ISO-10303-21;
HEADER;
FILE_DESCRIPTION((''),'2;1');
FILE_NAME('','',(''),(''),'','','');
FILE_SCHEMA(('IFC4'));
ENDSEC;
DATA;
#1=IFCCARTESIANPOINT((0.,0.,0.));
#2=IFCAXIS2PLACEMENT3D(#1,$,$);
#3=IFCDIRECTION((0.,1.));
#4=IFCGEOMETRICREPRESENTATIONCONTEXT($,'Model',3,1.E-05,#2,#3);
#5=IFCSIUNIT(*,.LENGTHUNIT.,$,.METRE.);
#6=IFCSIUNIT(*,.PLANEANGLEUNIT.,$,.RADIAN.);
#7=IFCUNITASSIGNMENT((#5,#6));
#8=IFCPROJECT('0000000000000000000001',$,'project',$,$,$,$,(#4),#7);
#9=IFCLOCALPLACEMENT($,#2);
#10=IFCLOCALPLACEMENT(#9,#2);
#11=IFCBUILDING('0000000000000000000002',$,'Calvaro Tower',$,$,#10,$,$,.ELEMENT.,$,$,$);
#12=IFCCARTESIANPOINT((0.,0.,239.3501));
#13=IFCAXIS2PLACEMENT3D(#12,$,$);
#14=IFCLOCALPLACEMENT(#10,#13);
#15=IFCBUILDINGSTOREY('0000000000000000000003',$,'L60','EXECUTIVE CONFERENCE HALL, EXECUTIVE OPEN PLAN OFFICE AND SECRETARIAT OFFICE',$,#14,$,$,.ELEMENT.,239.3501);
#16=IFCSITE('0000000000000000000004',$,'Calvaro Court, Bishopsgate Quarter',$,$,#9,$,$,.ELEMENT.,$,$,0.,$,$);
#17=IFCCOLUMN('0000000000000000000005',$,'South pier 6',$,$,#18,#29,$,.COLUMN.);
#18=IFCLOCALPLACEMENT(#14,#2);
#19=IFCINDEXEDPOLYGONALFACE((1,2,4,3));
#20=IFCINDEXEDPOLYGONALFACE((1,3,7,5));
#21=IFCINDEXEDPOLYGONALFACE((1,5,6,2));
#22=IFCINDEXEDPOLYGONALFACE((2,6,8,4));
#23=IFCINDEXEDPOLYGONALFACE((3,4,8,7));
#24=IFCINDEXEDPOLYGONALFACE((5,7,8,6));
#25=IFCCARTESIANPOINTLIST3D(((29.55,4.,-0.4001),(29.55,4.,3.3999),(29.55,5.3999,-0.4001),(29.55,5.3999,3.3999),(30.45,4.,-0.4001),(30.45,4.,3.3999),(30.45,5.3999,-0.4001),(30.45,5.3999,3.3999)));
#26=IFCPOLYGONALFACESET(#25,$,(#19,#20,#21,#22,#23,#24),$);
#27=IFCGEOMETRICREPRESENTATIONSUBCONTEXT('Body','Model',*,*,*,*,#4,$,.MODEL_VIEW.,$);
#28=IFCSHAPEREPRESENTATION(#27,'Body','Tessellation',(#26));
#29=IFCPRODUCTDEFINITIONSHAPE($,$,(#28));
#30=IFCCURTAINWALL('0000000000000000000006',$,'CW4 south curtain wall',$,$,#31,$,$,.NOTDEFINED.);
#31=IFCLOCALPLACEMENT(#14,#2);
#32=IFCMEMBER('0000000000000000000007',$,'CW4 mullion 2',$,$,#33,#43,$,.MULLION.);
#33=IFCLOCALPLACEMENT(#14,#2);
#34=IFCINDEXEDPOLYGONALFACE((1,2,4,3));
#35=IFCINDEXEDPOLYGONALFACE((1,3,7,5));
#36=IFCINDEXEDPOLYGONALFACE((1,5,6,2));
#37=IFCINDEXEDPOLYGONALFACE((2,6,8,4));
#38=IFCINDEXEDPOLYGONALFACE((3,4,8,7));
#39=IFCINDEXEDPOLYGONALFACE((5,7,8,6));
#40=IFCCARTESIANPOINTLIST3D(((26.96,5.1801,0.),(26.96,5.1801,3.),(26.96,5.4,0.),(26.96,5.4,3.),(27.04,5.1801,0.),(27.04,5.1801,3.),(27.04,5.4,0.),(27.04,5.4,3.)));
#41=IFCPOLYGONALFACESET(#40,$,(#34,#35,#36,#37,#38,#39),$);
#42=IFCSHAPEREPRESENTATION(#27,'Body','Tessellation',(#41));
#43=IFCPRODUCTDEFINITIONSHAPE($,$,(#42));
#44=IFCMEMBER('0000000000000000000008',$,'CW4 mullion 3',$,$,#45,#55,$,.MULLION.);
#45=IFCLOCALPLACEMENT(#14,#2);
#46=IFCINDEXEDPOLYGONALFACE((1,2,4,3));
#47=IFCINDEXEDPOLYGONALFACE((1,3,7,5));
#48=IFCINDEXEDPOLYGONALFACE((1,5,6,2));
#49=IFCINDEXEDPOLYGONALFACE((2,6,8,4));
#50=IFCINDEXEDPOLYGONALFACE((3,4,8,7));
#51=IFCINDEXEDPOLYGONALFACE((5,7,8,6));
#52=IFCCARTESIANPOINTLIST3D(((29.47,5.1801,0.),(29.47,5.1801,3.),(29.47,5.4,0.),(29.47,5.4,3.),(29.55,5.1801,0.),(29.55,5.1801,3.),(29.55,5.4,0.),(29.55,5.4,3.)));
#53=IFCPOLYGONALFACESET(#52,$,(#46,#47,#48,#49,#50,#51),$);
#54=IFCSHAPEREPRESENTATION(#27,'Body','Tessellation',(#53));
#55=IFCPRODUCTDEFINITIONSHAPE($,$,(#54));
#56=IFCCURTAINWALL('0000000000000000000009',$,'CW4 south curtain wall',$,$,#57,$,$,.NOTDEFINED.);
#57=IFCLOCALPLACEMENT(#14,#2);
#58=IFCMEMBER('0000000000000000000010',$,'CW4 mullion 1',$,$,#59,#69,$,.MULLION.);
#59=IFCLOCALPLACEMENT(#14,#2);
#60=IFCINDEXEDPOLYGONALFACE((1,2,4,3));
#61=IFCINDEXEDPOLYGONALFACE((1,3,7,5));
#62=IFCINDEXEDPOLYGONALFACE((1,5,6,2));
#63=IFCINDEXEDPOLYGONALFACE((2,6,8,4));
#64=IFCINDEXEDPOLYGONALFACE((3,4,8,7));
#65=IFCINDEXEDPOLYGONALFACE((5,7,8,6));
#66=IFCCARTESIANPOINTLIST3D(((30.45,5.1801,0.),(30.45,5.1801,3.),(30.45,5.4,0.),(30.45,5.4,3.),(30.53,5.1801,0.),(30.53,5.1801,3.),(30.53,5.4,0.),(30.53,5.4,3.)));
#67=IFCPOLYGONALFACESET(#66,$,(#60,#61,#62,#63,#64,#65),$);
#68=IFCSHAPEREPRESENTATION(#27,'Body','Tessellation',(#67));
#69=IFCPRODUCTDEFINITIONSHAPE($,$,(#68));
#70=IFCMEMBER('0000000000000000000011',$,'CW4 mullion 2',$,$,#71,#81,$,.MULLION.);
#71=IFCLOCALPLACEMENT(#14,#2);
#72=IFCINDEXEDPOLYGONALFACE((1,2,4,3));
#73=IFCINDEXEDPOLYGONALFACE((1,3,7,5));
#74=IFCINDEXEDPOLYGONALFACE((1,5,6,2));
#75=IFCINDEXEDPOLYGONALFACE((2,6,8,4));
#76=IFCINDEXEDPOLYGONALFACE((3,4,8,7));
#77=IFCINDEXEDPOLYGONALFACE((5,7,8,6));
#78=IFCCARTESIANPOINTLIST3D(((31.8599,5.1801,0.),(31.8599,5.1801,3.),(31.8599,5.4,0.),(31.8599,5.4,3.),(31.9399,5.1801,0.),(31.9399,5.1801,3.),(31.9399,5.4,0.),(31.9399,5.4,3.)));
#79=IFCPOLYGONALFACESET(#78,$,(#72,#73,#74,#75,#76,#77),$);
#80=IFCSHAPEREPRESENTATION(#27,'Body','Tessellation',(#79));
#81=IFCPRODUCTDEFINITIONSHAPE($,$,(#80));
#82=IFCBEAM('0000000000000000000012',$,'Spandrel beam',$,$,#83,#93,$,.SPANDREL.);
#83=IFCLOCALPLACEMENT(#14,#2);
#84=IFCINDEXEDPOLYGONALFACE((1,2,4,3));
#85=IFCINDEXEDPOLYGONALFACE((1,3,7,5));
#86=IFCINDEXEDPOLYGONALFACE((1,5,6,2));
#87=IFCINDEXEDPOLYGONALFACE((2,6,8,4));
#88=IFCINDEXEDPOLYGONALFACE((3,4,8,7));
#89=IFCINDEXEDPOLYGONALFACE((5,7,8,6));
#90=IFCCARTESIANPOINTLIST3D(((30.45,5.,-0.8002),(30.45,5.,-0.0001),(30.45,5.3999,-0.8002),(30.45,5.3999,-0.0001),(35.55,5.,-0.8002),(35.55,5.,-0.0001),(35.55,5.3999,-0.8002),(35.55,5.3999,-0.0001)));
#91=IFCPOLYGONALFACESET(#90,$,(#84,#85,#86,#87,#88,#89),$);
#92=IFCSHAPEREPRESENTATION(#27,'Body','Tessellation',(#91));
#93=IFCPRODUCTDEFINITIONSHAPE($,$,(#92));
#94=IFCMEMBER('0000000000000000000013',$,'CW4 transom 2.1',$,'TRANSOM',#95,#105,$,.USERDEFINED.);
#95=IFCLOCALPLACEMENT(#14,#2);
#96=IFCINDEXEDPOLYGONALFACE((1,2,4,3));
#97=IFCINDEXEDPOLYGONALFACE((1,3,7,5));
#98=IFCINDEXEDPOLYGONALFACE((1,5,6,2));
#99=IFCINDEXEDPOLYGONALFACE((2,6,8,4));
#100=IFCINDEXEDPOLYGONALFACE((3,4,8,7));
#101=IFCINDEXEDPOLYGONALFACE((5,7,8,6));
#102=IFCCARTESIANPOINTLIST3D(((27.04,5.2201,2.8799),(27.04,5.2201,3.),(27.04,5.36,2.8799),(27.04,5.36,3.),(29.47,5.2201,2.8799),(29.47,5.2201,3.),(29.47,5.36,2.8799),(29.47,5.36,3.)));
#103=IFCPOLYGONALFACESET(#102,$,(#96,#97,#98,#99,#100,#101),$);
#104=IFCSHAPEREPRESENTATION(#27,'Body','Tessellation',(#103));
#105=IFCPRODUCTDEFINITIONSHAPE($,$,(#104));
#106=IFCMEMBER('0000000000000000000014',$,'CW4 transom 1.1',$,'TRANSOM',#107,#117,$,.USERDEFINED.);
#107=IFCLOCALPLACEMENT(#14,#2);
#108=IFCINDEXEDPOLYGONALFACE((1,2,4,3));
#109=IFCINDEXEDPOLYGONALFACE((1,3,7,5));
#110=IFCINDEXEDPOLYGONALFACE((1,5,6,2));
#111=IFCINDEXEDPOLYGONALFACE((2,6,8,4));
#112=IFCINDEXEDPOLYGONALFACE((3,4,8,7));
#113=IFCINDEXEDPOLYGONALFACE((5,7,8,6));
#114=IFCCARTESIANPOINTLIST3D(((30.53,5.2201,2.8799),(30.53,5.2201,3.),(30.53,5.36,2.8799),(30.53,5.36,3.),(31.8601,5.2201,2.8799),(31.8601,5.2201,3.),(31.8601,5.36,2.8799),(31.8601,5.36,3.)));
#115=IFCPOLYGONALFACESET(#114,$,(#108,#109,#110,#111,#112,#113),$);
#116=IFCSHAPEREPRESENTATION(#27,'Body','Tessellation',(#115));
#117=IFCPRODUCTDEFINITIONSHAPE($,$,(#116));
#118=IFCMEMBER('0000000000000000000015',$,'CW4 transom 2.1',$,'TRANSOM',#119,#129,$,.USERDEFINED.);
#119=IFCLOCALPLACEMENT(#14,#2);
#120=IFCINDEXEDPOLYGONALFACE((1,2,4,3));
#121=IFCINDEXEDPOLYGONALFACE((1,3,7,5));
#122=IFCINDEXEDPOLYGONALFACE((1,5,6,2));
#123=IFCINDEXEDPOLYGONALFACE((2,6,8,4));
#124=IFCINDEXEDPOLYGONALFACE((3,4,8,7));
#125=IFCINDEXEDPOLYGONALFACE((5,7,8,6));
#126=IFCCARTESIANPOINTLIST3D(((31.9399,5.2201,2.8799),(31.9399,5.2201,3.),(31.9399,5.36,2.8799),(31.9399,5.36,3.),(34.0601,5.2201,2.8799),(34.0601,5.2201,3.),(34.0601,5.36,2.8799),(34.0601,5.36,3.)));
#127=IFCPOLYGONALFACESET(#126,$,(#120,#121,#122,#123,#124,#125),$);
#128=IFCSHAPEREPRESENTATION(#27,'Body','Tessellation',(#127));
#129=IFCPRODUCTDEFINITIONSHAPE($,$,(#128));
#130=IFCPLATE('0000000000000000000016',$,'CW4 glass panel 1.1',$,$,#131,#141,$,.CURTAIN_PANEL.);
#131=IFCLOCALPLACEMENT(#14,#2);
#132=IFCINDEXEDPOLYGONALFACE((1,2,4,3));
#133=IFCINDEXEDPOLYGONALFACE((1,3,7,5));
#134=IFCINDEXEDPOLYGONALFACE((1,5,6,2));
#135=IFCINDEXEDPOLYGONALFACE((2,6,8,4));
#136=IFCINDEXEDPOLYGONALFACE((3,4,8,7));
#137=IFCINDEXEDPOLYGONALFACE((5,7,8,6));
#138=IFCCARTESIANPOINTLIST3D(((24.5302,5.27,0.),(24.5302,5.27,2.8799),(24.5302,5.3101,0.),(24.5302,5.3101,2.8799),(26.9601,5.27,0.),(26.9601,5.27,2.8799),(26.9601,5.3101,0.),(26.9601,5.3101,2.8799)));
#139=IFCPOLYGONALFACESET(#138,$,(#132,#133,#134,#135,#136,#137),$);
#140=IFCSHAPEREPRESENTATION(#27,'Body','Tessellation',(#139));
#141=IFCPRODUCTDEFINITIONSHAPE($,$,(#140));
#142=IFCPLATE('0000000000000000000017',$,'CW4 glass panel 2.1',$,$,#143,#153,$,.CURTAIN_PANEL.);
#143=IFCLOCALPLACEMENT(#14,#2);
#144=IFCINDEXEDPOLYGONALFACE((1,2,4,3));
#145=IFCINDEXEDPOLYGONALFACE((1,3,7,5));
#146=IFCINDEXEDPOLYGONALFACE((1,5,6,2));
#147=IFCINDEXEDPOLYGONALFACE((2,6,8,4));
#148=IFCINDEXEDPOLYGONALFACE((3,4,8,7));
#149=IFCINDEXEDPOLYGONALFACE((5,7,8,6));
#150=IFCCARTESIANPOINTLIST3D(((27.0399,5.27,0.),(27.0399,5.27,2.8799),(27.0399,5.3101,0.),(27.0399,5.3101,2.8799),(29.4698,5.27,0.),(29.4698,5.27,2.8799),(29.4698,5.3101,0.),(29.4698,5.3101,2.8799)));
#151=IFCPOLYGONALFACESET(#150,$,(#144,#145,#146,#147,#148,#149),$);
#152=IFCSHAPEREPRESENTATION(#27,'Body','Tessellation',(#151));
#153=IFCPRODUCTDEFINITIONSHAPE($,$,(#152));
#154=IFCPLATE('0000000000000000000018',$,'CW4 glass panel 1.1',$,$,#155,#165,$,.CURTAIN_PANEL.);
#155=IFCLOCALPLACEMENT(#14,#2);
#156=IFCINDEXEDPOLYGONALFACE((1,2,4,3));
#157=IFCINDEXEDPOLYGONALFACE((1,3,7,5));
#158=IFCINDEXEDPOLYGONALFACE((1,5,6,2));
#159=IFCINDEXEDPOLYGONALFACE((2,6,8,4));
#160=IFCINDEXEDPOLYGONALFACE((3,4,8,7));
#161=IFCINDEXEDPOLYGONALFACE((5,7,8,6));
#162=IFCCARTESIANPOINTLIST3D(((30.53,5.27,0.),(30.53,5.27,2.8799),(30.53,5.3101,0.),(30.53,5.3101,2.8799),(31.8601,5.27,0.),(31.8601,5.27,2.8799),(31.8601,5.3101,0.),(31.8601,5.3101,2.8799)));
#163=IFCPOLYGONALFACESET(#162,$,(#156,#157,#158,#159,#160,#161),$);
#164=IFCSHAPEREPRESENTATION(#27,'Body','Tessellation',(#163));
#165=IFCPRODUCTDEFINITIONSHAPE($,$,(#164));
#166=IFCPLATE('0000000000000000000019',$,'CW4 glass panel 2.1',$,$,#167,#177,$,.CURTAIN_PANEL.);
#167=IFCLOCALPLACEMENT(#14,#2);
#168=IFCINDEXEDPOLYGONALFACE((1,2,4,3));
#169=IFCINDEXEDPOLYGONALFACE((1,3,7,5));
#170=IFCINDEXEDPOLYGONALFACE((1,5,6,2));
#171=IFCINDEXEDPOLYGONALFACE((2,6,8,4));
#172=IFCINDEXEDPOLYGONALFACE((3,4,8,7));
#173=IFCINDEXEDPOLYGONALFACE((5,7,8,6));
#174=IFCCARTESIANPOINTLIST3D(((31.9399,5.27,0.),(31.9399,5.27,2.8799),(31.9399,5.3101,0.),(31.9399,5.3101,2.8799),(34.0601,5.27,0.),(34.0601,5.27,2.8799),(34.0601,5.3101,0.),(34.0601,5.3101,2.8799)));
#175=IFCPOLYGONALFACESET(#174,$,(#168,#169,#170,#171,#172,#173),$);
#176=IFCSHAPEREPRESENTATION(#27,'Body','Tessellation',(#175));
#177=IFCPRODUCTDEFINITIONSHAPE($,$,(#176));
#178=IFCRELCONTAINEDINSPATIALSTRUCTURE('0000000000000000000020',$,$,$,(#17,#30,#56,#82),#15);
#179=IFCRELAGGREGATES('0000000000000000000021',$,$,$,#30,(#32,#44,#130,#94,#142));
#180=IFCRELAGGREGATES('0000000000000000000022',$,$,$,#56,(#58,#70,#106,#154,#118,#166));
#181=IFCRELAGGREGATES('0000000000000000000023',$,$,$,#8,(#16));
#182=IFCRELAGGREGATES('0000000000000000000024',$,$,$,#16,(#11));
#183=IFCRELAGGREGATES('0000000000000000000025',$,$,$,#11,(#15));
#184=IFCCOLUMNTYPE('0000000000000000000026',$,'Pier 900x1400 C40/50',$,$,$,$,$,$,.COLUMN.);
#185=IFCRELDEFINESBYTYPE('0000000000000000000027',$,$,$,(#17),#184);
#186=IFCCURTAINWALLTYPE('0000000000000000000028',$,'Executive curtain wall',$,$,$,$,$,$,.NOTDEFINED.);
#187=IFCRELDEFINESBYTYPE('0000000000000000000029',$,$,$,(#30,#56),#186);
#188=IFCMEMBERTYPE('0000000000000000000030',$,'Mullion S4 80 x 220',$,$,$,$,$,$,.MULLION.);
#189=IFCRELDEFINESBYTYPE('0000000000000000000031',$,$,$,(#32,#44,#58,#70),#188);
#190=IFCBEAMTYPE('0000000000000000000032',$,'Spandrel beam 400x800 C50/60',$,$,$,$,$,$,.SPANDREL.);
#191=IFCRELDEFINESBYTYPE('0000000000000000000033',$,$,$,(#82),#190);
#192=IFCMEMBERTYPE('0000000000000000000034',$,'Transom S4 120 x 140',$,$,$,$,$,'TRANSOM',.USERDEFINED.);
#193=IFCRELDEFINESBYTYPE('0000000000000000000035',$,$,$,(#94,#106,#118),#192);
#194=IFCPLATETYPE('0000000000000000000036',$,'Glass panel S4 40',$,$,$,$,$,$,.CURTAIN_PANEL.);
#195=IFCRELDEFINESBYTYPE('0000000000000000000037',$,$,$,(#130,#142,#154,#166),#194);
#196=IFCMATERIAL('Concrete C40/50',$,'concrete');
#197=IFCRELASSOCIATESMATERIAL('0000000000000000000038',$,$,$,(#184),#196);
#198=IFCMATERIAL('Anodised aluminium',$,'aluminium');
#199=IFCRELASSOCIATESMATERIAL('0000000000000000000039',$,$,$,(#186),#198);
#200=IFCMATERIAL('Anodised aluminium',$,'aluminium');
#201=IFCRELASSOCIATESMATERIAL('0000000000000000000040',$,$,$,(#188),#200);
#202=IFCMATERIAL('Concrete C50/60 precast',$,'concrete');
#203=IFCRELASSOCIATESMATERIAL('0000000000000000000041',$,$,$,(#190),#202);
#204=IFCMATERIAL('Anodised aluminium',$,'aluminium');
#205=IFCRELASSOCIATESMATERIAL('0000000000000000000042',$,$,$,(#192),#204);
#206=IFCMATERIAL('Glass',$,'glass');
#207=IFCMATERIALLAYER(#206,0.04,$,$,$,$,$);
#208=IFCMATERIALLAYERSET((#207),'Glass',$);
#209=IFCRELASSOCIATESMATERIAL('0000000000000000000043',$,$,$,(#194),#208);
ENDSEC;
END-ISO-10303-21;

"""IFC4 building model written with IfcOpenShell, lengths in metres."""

from ifc_helpers import new_model, si_unit, direction, frame, origin, origin_2d, place, context, subcontext, project, spatial, rectangle, extrude, material, layer, layer_set, material_profile, profile_set, type_object, element, aggregate, save


model = new_model("IFC4")

# Units and contexts
model_context = context("Model", 3, precision=1e-05, world=origin(), true_north=direction((0.0, 1.0)))
body_context = subcontext(model_context, "Body", "Model", "MODEL_VIEW")
ifc_project = project(units=[si_unit("LENGTHUNIT", "METRE"), si_unit("PLANEANGLEUNIT", "RADIAN")], contexts=[model_context])

# Site, building, storey
site_placement = place(None, origin())
site = spatial("IfcSite", under=ifc_project, at=site_placement, Name="Calvaro Court, Bishopsgate Quarter", CompositionType="ELEMENT", RefElevation=0.0)
building_placement = place(site_placement, origin())
building = spatial("IfcBuilding", under=site, at=building_placement, Name="Calvaro Tower", CompositionType="ELEMENT")
storey_placement = place(building_placement, frame((0.0, 0.0, 239.3501)))
storey = spatial("IfcBuildingStorey", under=building, at=storey_placement, Name="L60", Description="EXECUTIVE CONFERENCE HALL, EXECUTIVE OPEN PLAN OFFICE AND SECRETARIAT OFFICE", CompositionType="ELEMENT", Elevation=239.3501)

# Column
ifc_material_1 = material(Name="Concrete C40/50", Category="concrete")
ifc_material_profile_1 = material_profile(ifc_material_1, rectangle(XDim=0.8999, YDim=1.3999, at=origin_2d()), Name="RC 900x1400")
ifc_profile_set_1 = profile_set([ifc_material_profile_1], Name="Concrete C40/50")
column_type = type_object("IfcColumnType", Name="Pier 900x1400 C40/50", PredefinedType="COLUMN", material=ifc_profile_set_1)
column_placement = place(storey_placement, frame((30.0, 4.7, -0.4001), z_axis=(0.0, 0.0, 1.0), x_axis=(1.0, 0.0, 0.0)))
element("IfcColumn", 1, at=column_placement, inside=storey, type_object=column_type, Name="South pier 6", PredefinedType="COLUMN", context=body_context, shape_type="SweptSolid", body=[
    extrude(rectangle(XDim=0.8999, YDim=1.3999, at=origin_2d()), origin(), (0.0, 0.0, 1.0), 3.8),
])

# Curtain walls, members
ifc_material_2 = material(Name="Anodised aluminium", Category="aluminium")
curtain_wall_type = type_object("IfcCurtainWallType", Name="Executive curtain wall", PredefinedType="NOTDEFINED", material=ifc_material_2)
curtain_wall_1_placement = place(storey_placement, origin())
curtain_wall_1 = element("IfcCurtainWall", 2, at=curtain_wall_1_placement, inside=storey, type_object=curtain_wall_type, Name="CW4 south curtain wall", PredefinedType="NOTDEFINED")
ifc_material_3 = material(Name="Anodised aluminium", Category="aluminium")
ifc_material_profile_2 = material_profile(ifc_material_3, rectangle(XDim=0.22, YDim=0.0801, at=origin_2d()), Name="Mullion S4 80 x 220")
ifc_profile_set_2 = profile_set([ifc_material_profile_2], Name="Anodised aluminium")
member_type_1 = type_object("IfcMemberType", Name="Mullion S4 80 x 220", PredefinedType="MULLION", material=ifc_profile_set_2)
member_1_placement = place(storey_placement, frame((27.0, 5.29, 0.0), z_axis=(0.0, 0.0, 1.0), x_axis=(0.0, 1.0, 0.0)))
member_1 = element("IfcMember", 3, at=member_1_placement, type_object=member_type_1, Name="CW4 mullion 2", PredefinedType="MULLION", context=body_context, shape_type="SweptSolid", body=[
    extrude(rectangle(XDim=0.22, YDim=0.0801, at=origin_2d()), origin(), (0.0, 0.0, 1.0), 3.0),
])
member_2_placement = place(storey_placement, frame((29.51, 5.29, 0.0), z_axis=(0.0, 0.0, 1.0), x_axis=(0.0, 1.0, 0.0)))
member_2 = element("IfcMember", 4, at=member_2_placement, type_object=member_type_1, Name="CW4 mullion 3", PredefinedType="MULLION", context=body_context, shape_type="SweptSolid", body=[
    extrude(rectangle(XDim=0.22, YDim=0.0801, at=origin_2d()), origin(), (0.0, 0.0, 1.0), 3.0),
])
curtain_wall_2_placement = place(storey_placement, origin())
curtain_wall_2 = element("IfcCurtainWall", 5, at=curtain_wall_2_placement, inside=storey, type_object=curtain_wall_type, Name="CW4 south curtain wall", PredefinedType="NOTDEFINED")
member_3_placement = place(storey_placement, frame((30.49, 5.29, 0.0), z_axis=(0.0, 0.0, 1.0), x_axis=(0.0, 1.0, 0.0)))
member_3 = element("IfcMember", 6, at=member_3_placement, type_object=member_type_1, Name="CW4 mullion 1", PredefinedType="MULLION", context=body_context, shape_type="SweptSolid", body=[
    extrude(rectangle(XDim=0.22, YDim=0.0801, at=origin_2d()), origin(), (0.0, 0.0, 1.0), 3.0),
])
member_4_placement = place(storey_placement, frame((31.8999, 5.29, 0.0), z_axis=(0.0, 0.0, 1.0), x_axis=(0.0, 1.0, 0.0)))
member_4 = element("IfcMember", 7, at=member_4_placement, type_object=member_type_1, Name="CW4 mullion 2", PredefinedType="MULLION", context=body_context, shape_type="SweptSolid", body=[
    extrude(rectangle(XDim=0.22, YDim=0.0801, at=origin_2d()), origin(), (0.0, 0.0, 1.0), 3.0),
])

# Beam
ifc_material_4 = material(Name="Concrete C50/60 precast", Category="concrete")
ifc_material_profile_3 = material_profile(ifc_material_4, rectangle(XDim=0.3999, YDim=0.8, at=origin_2d()), Name="RC 400x800")
ifc_profile_set_3 = profile_set([ifc_material_profile_3], Name="Concrete C50/60 precast")
beam_type = type_object("IfcBeamType", Name="Spandrel beam 400x800 C50/60", PredefinedType="SPANDREL", material=ifc_profile_set_3)
beam_placement = place(storey_placement, frame((30.45, 5.2, -0.4001), z_axis=(1.0, 0.0, 0.0), x_axis=(0.0, 1.0, 0.0)))
element("IfcBeam", 8, at=beam_placement, inside=storey, type_object=beam_type, Name="Spandrel beam", PredefinedType="SPANDREL", context=body_context, shape_type="SweptSolid", body=[
    extrude(rectangle(XDim=0.3999, YDim=0.8, at=origin_2d()), origin(), (0.0, 0.0, 1.0), 5.1001),
])

# Members
ifc_material_5 = material(Name="Anodised aluminium", Category="aluminium")
ifc_material_profile_4 = material_profile(ifc_material_5, rectangle(XDim=0.1399, YDim=0.1201, at=origin_2d()), Name="Transom S4 120 x 140")
ifc_profile_set_4 = profile_set([ifc_material_profile_4], Name="Anodised aluminium")
member_type_2 = type_object("IfcMemberType", Name="Transom S4 120 x 140", ElementType="TRANSOM", PredefinedType="USERDEFINED", material=ifc_profile_set_4)
member_5_placement = place(storey_placement, frame((27.04, 5.29, 2.9399), z_axis=(1.0, 0.0, 0.0), x_axis=(0.0, 1.0, 0.0)))
member_5 = element("IfcMember", 9, at=member_5_placement, type_object=member_type_2, Name="CW4 transom 2.1", ObjectType="TRANSOM", PredefinedType="USERDEFINED", context=body_context, shape_type="SweptSolid", body=[
    extrude(rectangle(XDim=0.1399, YDim=0.1201, at=origin_2d()), origin(), (0.0, 0.0, 1.0), 2.4299),
])
member_6_placement = place(storey_placement, frame((30.53, 5.29, 2.9399), z_axis=(1.0, 0.0, 0.0), x_axis=(0.0, 1.0, 0.0)))
member_6 = element("IfcMember", 10, at=member_6_placement, type_object=member_type_2, Name="CW4 transom 1.1", ObjectType="TRANSOM", PredefinedType="USERDEFINED", context=body_context, shape_type="SweptSolid", body=[
    extrude(rectangle(XDim=0.1399, YDim=0.1201, at=origin_2d()), origin(), (0.0, 0.0, 1.0), 1.3301),
])
member_7_placement = place(storey_placement, frame((31.9399, 5.29, 2.9399), z_axis=(1.0, 0.0, 0.0), x_axis=(0.0, 1.0, 0.0)))
member_7 = element("IfcMember", 11, at=member_7_placement, type_object=member_type_2, Name="CW4 transom 2.1", ObjectType="TRANSOM", PredefinedType="USERDEFINED", context=body_context, shape_type="SweptSolid", body=[
    extrude(rectangle(XDim=0.1399, YDim=0.1201, at=origin_2d()), origin(), (0.0, 0.0, 1.0), 2.1201),
])

# Plates
ifc_material_6 = material(Name="Glass", Category="glass")
ifc_layer_1 = layer(ifc_material_6, 0.04)
ifc_layer_set_1 = layer_set([ifc_layer_1], Name="Glass")
plate_type = type_object("IfcPlateType", Name="Glass panel S4 40", PredefinedType="CURTAIN_PANEL", material=ifc_layer_set_1)
plate_1_placement = place(storey_placement, frame((25.7451, 5.29, 0.0), z_axis=(0.0, 0.0, 1.0), x_axis=(1.0, 0.0, 0.0)))
plate_1 = element("IfcPlate", 12, at=plate_1_placement, type_object=plate_type, Name="CW4 glass panel 1.1", PredefinedType="CURTAIN_PANEL", context=body_context, shape_type="SweptSolid", body=[
    extrude(rectangle(XDim=2.4299, YDim=0.04, at=origin_2d()), origin(), (0.0, 0.0, 1.0), 2.8799),
])
plate_2_placement = place(storey_placement, frame((28.2549, 5.29, 0.0), z_axis=(0.0, 0.0, 1.0), x_axis=(1.0, 0.0, 0.0)))
plate_2 = element("IfcPlate", 13, at=plate_2_placement, type_object=plate_type, Name="CW4 glass panel 2.1", PredefinedType="CURTAIN_PANEL", context=body_context, shape_type="SweptSolid", body=[
    extrude(rectangle(XDim=2.4299, YDim=0.04, at=origin_2d()), origin(), (0.0, 0.0, 1.0), 2.8799),
])
aggregate(curtain_wall_1, [member_1, member_2, plate_1, member_5, plate_2])
plate_3_placement = place(storey_placement, frame((31.1951, 5.29, 0.0), z_axis=(0.0, 0.0, 1.0), x_axis=(1.0, 0.0, 0.0)))
plate_3 = element("IfcPlate", 14, at=plate_3_placement, type_object=plate_type, Name="CW4 glass panel 1.1", PredefinedType="CURTAIN_PANEL", context=body_context, shape_type="SweptSolid", body=[
    extrude(rectangle(XDim=1.3301, YDim=0.04, at=origin_2d()), origin(), (0.0, 0.0, 1.0), 2.8799),
])
plate_4_placement = place(storey_placement, frame((33.0, 5.29, 0.0), z_axis=(0.0, 0.0, 1.0), x_axis=(1.0, 0.0, 0.0)))
plate_4 = element("IfcPlate", 15, at=plate_4_placement, type_object=plate_type, Name="CW4 glass panel 2.1", PredefinedType="CURTAIN_PANEL", context=body_context, shape_type="SweptSolid", body=[
    extrude(rectangle(XDim=2.1201, YDim=0.04, at=origin_2d()), origin(), (0.0, 0.0, 1.0), 2.8799),
])
aggregate(curtain_wall_2, [member_3, member_4, member_6, plate_3, member_7, plate_4])

save(model, "model.ifc")
